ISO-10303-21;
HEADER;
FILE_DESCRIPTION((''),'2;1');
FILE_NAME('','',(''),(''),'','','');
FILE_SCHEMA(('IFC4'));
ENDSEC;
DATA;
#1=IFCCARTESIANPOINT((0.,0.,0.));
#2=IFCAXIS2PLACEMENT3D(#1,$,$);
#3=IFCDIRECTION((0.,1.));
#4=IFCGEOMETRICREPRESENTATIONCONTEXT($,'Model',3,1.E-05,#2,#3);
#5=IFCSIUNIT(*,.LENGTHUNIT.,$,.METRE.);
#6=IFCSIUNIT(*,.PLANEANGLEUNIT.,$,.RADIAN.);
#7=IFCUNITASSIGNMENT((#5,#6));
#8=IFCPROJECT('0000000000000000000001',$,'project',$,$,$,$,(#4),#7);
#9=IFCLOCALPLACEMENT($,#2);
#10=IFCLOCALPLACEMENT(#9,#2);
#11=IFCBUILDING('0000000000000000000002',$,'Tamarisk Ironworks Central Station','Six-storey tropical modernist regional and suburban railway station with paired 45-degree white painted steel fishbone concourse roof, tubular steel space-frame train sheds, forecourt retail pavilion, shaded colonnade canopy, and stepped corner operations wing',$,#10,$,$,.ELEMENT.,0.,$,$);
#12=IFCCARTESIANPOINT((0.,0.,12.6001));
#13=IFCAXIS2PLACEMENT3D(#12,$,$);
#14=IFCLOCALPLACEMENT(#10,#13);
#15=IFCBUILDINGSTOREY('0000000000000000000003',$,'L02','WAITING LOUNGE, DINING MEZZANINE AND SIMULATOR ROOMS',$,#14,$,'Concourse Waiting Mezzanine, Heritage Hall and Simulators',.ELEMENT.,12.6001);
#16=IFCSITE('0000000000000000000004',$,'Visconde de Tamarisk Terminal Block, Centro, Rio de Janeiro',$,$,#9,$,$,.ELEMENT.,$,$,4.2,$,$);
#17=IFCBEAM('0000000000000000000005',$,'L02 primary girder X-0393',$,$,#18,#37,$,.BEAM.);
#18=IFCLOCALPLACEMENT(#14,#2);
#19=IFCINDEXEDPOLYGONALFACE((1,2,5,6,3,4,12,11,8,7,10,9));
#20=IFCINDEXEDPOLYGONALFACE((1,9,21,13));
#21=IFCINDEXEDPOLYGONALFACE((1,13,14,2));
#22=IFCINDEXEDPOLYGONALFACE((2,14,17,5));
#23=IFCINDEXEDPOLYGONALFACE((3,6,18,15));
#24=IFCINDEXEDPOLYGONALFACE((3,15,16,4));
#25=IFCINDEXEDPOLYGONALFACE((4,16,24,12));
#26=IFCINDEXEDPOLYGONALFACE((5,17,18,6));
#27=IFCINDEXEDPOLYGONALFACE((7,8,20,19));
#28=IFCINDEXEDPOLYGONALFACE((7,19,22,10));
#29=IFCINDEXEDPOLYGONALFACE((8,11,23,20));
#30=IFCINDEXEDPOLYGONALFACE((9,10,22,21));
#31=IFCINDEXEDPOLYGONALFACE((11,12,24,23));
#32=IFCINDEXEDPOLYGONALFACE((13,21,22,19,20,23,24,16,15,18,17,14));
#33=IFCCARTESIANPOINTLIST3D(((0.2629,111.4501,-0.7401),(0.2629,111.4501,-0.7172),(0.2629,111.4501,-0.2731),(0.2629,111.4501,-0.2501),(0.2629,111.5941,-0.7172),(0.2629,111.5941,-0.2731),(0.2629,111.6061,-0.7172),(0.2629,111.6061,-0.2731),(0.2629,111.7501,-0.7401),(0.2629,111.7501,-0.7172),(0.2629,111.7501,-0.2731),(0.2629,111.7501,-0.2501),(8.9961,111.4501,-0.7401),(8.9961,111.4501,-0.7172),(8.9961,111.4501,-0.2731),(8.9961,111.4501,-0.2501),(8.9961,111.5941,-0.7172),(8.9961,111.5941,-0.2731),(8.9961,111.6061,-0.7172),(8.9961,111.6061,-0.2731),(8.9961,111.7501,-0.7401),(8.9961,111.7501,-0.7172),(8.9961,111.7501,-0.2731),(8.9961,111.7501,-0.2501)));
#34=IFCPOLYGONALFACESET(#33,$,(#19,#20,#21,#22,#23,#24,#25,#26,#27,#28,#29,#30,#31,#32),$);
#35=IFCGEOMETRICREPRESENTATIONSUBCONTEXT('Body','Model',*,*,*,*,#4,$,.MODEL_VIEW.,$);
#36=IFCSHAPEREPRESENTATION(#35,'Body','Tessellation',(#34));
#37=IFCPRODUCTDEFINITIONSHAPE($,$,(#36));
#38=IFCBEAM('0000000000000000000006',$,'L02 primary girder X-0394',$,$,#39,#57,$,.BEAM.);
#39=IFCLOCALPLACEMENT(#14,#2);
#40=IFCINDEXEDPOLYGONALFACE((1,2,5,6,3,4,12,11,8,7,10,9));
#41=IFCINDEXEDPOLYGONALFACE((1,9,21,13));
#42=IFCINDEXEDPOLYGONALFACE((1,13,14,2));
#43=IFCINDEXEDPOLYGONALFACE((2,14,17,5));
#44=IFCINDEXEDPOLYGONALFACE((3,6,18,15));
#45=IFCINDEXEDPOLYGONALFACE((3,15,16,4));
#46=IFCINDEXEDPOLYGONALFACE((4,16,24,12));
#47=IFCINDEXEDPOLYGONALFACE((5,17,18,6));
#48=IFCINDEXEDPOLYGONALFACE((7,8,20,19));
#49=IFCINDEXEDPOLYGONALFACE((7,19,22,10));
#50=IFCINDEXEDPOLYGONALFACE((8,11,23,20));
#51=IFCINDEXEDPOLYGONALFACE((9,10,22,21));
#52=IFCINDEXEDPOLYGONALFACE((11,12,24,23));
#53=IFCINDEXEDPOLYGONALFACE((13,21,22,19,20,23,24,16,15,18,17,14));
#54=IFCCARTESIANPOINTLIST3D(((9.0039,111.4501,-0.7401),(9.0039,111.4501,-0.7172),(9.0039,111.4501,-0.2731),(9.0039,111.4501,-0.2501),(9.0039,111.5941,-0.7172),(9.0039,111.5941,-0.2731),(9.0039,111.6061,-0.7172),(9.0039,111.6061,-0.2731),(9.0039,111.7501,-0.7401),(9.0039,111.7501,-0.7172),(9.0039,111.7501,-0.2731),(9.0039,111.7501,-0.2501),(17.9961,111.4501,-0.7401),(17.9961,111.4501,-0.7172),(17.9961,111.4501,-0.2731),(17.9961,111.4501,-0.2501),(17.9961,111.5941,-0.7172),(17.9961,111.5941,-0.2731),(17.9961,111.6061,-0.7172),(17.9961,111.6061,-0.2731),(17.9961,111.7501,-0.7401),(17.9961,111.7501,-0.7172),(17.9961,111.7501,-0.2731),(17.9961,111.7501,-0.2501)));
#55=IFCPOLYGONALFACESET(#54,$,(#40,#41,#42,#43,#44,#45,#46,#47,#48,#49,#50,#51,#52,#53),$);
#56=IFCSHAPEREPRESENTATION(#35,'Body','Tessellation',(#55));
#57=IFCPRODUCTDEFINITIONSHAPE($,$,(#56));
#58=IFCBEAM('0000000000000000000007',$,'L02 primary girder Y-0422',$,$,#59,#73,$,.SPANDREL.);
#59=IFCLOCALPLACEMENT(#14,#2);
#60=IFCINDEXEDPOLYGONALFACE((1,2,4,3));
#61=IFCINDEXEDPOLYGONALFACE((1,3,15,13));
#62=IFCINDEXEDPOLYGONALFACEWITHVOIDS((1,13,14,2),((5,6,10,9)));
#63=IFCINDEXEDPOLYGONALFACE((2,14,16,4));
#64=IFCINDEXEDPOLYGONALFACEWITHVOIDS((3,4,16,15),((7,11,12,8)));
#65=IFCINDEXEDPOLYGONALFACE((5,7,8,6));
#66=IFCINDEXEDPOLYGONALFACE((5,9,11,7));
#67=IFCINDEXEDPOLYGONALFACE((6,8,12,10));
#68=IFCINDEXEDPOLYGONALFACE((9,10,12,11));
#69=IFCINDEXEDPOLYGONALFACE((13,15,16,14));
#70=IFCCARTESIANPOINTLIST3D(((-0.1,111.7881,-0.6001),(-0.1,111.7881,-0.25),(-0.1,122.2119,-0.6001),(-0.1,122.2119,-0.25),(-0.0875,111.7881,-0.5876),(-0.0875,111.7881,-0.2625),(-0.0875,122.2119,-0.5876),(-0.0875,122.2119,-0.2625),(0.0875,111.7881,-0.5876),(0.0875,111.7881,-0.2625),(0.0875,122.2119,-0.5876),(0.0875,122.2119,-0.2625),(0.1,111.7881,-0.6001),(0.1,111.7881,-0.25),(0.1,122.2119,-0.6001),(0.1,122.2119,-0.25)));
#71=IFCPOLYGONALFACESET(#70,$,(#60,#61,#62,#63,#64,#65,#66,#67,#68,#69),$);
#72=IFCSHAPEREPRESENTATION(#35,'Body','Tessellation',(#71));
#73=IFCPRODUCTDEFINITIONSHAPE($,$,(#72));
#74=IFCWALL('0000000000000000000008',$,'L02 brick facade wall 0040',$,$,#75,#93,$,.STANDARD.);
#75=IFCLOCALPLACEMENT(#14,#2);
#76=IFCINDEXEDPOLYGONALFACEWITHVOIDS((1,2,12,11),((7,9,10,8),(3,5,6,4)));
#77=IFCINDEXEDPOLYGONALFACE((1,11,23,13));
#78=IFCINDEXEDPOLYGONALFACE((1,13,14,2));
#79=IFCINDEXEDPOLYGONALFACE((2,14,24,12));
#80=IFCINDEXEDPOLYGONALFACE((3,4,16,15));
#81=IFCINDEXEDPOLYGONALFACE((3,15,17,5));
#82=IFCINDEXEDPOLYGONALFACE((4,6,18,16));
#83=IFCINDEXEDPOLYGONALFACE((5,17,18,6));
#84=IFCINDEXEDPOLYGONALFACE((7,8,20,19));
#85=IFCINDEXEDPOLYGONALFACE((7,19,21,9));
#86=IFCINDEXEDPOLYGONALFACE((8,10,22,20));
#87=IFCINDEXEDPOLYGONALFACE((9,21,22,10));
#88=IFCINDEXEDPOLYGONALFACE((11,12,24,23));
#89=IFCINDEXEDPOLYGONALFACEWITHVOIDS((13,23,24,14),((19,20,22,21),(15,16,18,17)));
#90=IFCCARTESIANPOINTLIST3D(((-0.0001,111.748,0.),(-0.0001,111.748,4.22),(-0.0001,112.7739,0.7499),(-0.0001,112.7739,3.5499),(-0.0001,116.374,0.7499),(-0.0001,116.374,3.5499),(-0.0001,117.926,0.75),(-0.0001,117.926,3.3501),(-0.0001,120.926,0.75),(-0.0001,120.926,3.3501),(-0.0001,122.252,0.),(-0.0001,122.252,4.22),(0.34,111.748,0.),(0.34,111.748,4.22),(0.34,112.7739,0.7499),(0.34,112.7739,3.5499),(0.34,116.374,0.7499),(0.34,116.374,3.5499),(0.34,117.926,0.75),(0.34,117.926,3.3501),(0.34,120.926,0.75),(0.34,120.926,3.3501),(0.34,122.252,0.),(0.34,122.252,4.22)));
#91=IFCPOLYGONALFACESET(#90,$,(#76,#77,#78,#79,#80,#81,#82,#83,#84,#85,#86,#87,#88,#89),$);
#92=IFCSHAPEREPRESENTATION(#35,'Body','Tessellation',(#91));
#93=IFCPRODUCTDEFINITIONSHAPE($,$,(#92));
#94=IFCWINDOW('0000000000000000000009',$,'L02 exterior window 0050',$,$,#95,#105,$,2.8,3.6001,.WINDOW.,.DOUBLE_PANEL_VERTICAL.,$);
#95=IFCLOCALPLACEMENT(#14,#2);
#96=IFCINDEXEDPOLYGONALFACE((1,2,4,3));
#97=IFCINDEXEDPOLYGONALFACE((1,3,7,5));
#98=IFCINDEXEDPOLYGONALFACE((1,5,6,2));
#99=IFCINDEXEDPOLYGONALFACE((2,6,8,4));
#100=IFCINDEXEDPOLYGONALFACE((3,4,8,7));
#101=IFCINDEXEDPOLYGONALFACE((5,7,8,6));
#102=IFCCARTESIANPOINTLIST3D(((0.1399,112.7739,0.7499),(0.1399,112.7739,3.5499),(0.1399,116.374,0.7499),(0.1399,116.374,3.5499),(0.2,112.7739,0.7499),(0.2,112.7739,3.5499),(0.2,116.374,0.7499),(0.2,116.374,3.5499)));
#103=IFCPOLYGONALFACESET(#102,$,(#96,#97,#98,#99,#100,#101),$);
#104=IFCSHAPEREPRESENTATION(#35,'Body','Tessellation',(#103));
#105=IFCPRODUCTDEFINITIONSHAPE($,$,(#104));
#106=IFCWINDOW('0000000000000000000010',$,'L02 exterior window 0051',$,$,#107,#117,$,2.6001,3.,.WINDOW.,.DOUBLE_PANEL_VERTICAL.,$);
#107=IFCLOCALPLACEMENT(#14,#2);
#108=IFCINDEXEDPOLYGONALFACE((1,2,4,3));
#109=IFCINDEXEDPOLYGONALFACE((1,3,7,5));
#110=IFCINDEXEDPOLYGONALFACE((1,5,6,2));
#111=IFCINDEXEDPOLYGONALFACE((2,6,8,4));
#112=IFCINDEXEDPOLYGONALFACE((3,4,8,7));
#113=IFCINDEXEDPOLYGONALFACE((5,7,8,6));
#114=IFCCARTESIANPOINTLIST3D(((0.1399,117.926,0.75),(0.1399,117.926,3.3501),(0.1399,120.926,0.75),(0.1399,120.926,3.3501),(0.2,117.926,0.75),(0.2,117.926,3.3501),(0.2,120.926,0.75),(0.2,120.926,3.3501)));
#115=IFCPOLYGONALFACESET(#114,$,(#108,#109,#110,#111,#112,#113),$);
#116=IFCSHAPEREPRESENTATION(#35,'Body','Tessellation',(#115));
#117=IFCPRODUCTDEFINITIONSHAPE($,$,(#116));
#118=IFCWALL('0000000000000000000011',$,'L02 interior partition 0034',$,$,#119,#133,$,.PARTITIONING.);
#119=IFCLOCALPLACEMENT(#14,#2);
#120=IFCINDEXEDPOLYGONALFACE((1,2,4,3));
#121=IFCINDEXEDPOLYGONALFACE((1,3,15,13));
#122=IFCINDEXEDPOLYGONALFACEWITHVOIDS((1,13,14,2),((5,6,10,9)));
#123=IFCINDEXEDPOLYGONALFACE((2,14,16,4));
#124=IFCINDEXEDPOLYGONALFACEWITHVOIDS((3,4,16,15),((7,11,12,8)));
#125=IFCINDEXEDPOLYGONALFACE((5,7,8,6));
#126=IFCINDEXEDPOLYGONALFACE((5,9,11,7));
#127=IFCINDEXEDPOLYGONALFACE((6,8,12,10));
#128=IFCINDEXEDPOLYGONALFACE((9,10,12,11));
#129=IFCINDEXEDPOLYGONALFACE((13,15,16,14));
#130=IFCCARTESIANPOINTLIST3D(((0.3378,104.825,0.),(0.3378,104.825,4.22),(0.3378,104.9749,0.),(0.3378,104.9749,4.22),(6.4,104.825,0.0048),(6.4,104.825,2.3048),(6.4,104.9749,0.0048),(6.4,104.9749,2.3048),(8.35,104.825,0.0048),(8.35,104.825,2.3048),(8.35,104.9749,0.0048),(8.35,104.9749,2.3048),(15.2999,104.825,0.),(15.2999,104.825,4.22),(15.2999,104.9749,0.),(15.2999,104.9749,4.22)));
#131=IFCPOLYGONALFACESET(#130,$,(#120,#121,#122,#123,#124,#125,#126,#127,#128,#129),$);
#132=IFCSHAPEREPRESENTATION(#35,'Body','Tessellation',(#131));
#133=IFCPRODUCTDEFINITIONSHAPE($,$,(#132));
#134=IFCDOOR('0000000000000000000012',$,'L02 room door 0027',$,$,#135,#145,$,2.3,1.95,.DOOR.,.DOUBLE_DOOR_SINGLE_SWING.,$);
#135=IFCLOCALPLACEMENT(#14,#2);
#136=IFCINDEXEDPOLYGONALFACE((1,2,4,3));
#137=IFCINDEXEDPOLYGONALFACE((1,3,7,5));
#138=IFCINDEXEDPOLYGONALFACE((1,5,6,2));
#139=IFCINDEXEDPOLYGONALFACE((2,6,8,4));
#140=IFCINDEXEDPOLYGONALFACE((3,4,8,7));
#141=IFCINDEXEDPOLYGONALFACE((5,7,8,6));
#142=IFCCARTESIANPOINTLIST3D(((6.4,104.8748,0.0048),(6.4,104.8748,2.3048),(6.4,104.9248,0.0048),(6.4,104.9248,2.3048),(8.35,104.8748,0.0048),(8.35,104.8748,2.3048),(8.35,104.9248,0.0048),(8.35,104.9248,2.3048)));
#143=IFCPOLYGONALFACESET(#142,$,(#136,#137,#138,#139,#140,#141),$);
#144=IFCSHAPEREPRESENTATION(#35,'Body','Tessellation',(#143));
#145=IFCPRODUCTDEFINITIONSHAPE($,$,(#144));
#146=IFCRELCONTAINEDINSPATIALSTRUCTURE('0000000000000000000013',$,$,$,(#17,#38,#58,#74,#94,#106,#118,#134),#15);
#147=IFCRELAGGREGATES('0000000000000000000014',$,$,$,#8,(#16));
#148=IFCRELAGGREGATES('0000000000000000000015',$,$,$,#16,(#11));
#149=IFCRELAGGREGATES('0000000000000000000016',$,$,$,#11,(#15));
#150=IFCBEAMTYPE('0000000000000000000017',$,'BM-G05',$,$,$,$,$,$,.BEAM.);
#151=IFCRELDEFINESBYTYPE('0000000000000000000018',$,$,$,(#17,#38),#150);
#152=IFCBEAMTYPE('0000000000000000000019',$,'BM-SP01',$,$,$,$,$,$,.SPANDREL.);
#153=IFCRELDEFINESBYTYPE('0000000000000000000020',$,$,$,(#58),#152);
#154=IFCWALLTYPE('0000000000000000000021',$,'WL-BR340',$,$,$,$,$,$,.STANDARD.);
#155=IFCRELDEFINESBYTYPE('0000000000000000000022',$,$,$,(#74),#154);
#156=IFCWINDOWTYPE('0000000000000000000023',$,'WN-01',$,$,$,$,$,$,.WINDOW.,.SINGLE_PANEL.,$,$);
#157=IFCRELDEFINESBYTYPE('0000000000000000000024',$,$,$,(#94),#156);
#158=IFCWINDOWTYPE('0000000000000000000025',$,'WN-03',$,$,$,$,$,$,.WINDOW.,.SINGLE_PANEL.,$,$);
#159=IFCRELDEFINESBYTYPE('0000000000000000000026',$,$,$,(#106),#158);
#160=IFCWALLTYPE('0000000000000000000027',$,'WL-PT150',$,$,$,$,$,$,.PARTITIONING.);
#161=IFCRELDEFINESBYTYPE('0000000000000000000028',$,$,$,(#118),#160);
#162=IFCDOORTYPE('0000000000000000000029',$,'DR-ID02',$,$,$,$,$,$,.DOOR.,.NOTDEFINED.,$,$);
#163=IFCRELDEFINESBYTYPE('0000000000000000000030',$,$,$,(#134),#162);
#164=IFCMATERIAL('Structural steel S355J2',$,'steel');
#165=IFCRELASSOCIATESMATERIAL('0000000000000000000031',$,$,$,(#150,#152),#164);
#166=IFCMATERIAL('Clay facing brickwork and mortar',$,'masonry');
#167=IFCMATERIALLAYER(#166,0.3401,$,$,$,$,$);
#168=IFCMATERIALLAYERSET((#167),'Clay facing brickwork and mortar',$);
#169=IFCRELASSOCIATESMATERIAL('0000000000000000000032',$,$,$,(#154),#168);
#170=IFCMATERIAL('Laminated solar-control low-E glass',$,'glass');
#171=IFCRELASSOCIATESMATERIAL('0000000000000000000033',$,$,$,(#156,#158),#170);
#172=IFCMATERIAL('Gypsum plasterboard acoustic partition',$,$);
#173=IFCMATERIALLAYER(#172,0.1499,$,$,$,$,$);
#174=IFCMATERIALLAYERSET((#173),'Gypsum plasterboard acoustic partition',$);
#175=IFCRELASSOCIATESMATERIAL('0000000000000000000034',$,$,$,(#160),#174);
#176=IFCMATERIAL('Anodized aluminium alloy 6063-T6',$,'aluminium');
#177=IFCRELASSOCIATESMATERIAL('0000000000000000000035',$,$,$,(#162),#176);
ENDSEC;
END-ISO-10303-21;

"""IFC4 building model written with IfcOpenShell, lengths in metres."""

from ifc_helpers import new_model, si_unit, direction, frame, frame_2d, origin, origin_2d, place, context, subcontext, project, spatial, rectangle, hollow_rectangle, i_section, extrude, material, layer, layer_set, material_profile, profile_set, type_object, element, fill, save


model = new_model("IFC4")

# Units and contexts
model_context = context("Model", 3, precision=1e-05, world=origin(), true_north=direction((0.0, 1.0)))
body_context = subcontext(model_context, "Body", "Model", "MODEL_VIEW")
ifc_project = project(units=[si_unit("LENGTHUNIT", "METRE"), si_unit("PLANEANGLEUNIT", "RADIAN")], contexts=[model_context])

# Site, building, storey
site_placement = place(None, origin())
site = spatial("IfcSite", under=ifc_project, at=site_placement, Name="Visconde de Tamarisk Terminal Block, Centro, Rio de Janeiro", CompositionType="ELEMENT", RefElevation=4.2)
building_placement = place(site_placement, origin())
building = spatial("IfcBuilding", under=site, at=building_placement, Name="Tamarisk Ironworks Central Station", Description="Six-storey tropical modernist regional and suburban railway station with paired 45-degree white painted steel fishbone concourse roof, tubular steel space-frame train sheds, forecourt retail pavilion, shaded colonnade canopy, and stepped corner operations wing", CompositionType="ELEMENT", ElevationOfRefHeight=0.0)
storey_placement = place(building_placement, frame((0.0, 0.0, 12.6001)))
storey = spatial("IfcBuildingStorey", under=building, at=storey_placement, Name="L02", Description="WAITING LOUNGE, DINING MEZZANINE AND SIMULATOR ROOMS", LongName="Concourse Waiting Mezzanine, Heritage Hall and Simulators", CompositionType="ELEMENT", Elevation=12.6001)

# Shared definitions
ifc_material_1 = material(Name="Structural steel S355J2", Category="steel")

# Beams
ifc_material_profile_1 = material_profile(ifc_material_1, i_section(OverallWidth=0.3, OverallDepth=0.49, WebThickness=0.012, FlangeThickness=0.0229, at=origin_2d()), Name="HEA 500")
ifc_profile_set_1 = profile_set([ifc_material_profile_1], Name="Structural steel S355J2")
beam_type_1 = type_object("IfcBeamType", Name="BM-G05", PredefinedType="BEAM", material=ifc_profile_set_1)
beam_1_placement = place(storey_placement, frame((0.2629, 111.6001, -0.4951), z_axis=(1.0, 0.0, 0.0), x_axis=(0.0, 1.0, 0.0)))
element("IfcBeam", 1, at=beam_1_placement, inside=storey, type_object=beam_type_1, Name="L02 primary girder X-0393", PredefinedType="BEAM", context=body_context, shape_type="SweptSolid", body=[
    extrude(i_section(OverallWidth=0.3, OverallDepth=0.49, WebThickness=0.012, FlangeThickness=0.0229, at=origin_2d()), origin(), (0.0, 0.0, 1.0), 8.7332),
])
beam_2_placement = place(storey_placement, frame((9.0039, 111.6001, -0.4951), z_axis=(1.0, 0.0, 0.0), x_axis=(0.0, 1.0, 0.0)))
element("IfcBeam", 2, at=beam_2_placement, inside=storey, type_object=beam_type_1, Name="L02 primary girder X-0394", PredefinedType="BEAM", context=body_context, shape_type="SweptSolid", body=[
    extrude(i_section(OverallWidth=0.3, OverallDepth=0.49, WebThickness=0.012, FlangeThickness=0.0229, at=origin_2d()), origin(), (0.0, 0.0, 1.0), 8.9922),
])
ifc_material_profile_2 = material_profile(ifc_material_1, hollow_rectangle(XDim=0.2, YDim=0.3501, WallThickness=0.0125, at=origin_2d()), Name="RHS 350x200x12.5")
ifc_profile_set_2 = profile_set([ifc_material_profile_2], Name="Structural steel S355J2")
beam_type_2 = type_object("IfcBeamType", Name="BM-SP01", PredefinedType="SPANDREL", material=ifc_profile_set_2)
beam_3_placement = place(storey_placement, frame((0.0, 111.7881, -0.425), z_axis=(0.0, 1.0, 0.0), x_axis=(-1.0, 0.0, 0.0)))
element("IfcBeam", 3, at=beam_3_placement, inside=storey, type_object=beam_type_2, Name="L02 primary girder Y-0422", PredefinedType="SPANDREL", context=body_context, shape_type="SweptSolid", body=[
    extrude(hollow_rectangle(XDim=0.2, YDim=0.3501, WallThickness=0.0125, at=origin_2d()), origin(), (0.0, 0.0, 1.0), 10.4238),
])

# Wall, openings, windows
ifc_material_2 = material(Name="Clay facing brickwork and mortar", Category="masonry")
ifc_layer_1 = layer(ifc_material_2, 0.3401)
ifc_layer_set_1 = layer_set([ifc_layer_1], Name="Clay facing brickwork and mortar")
wall_type_1 = type_object("IfcWallType", Name="WL-BR340", PredefinedType="STANDARD", material=ifc_layer_set_1)
wall_1_placement = place(storey_placement, frame((0.1699, 111.748, 0.0), z_axis=(0.0, 0.0, 1.0), x_axis=(0.0, 1.0, 0.0)))
wall_1 = element("IfcWall", 4, at=wall_1_placement, inside=storey, type_object=wall_type_1, Name="L02 brick facade wall 0040", PredefinedType="STANDARD", context=body_context, shape_type="SweptSolid", body=[
    extrude(rectangle(XDim=10.5039, YDim=0.3401, at=frame_2d((5.252, 0.0))), origin(), (0.0, 0.0, 1.0), 4.22),
])
opening_1_placement = place(wall_1_placement, frame((1.0259, 0.0, 0.75)))
opening_1 = element("IfcOpeningElement", 5, at=opening_1_placement, cuts=wall_1, PredefinedType="OPENING", context=body_context, shape_type="SweptSolid", body=[
    extrude(rectangle(XDim=3.6001, YDim=2.8, at=frame_2d((1.8, 1.3999))), frame((0.0, 0.1821, 0.0), z_axis=(0.0, -1.0, 0.0), x_axis=(1.0, 0.0, 0.0)), (0.0, 0.0, 1.0), 0.364),
])
opening_2_placement = place(wall_1_placement, frame((6.178, 0.0, 0.75)))
opening_2 = element("IfcOpeningElement", 6, at=opening_2_placement, cuts=wall_1, PredefinedType="OPENING", context=body_context, shape_type="SweptSolid", body=[
    extrude(rectangle(XDim=3.0, YDim=2.6001, at=frame_2d((1.5, 1.3))), frame((0.0, 0.1821, 0.0), z_axis=(0.0, -1.0, 0.0), x_axis=(1.0, 0.0, 0.0)), (0.0, 0.0, 1.0), 0.364),
])
ifc_material_3 = material(Name="Laminated solar-control low-E glass", Category="glass")
window_type_1 = type_object("IfcWindowType", Name="WN-01", PartitioningType="SINGLE_PANEL", PredefinedType="WINDOW", material=ifc_material_3)
window_1_placement = place(opening_1_placement, origin())
window_1 = element("IfcWindow", 7, at=window_1_placement, inside=storey, type_object=window_type_1, Name="L02 exterior window 0050", OverallHeight=2.8, OverallWidth=3.6001, PartitioningType="DOUBLE_PANEL_VERTICAL", PredefinedType="WINDOW", context=body_context, shape_type="SweptSolid", body=[
    extrude(rectangle(XDim=3.6001, YDim=2.8, at=frame_2d((1.8, 1.3999))), frame((0.0, 0.03, 0.0), z_axis=(0.0, -1.0, 0.0), x_axis=(1.0, 0.0, 0.0)), (0.0, 0.0, 1.0), 0.0601),
])
fill(opening_1, window_1)
window_type_2 = type_object("IfcWindowType", Name="WN-03", PartitioningType="SINGLE_PANEL", PredefinedType="WINDOW", material=ifc_material_3)
window_2_placement = place(opening_2_placement, origin())
window_2 = element("IfcWindow", 8, at=window_2_placement, inside=storey, type_object=window_type_2, Name="L02 exterior window 0051", OverallHeight=2.6001, OverallWidth=3.0, PartitioningType="DOUBLE_PANEL_VERTICAL", PredefinedType="WINDOW", context=body_context, shape_type="SweptSolid", body=[
    extrude(rectangle(XDim=3.0, YDim=2.6001, at=frame_2d((1.5, 1.3))), frame((0.0, 0.03, 0.0), z_axis=(0.0, -1.0, 0.0), x_axis=(1.0, 0.0, 0.0)), (0.0, 0.0, 1.0), 0.0601),
])
fill(opening_2, window_2)

# Wall, opening, door
ifc_material_4 = material(Name="Gypsum plasterboard acoustic partition")
ifc_layer_2 = layer(ifc_material_4, 0.1499)
ifc_layer_set_2 = layer_set([ifc_layer_2], Name="Gypsum plasterboard acoustic partition")
wall_type_2 = type_object("IfcWallType", Name="WL-PT150", PredefinedType="PARTITIONING", material=ifc_layer_set_2)
wall_2_placement = place(storey_placement, frame((0.3379, 104.8999, 0.0), z_axis=(0.0, 0.0, 1.0), x_axis=(1.0, 0.0, 0.0)))
wall_2 = element("IfcWall", 9, at=wall_2_placement, inside=storey, type_object=wall_type_2, Name="L02 interior partition 0034", PredefinedType="PARTITIONING", context=body_context, shape_type="SweptSolid", body=[
    extrude(rectangle(XDim=14.9622, YDim=0.1499, at=frame_2d((7.481, 0.0))), origin(), (0.0, 0.0, 1.0), 4.22),
])
opening_3_placement = place(wall_2_placement, frame((6.062, 0.0, 0.0049)))
opening_3 = element("IfcOpeningElement", 10, at=opening_3_placement, cuts=wall_2, PredefinedType="OPENING", context=body_context, shape_type="SweptSolid", body=[
    extrude(rectangle(XDim=1.95, YDim=2.3, at=frame_2d((0.9751, 1.1499))), frame((0.0, 0.0869, 0.0), z_axis=(0.0, -1.0, 0.0), x_axis=(1.0, 0.0, 0.0)), (0.0, 0.0, 1.0), 0.1738),
])
ifc_material_5 = material(Name="Anodized aluminium alloy 6063-T6", Category="aluminium")
door_type_1 = type_object("IfcDoorType", Name="DR-ID02", OperationType="NOTDEFINED", PredefinedType="DOOR", material=ifc_material_5)
door_1_placement = place(opening_3_placement, origin())
door_1 = element("IfcDoor", 11, at=door_1_placement, inside=storey, type_object=door_type_1, Name="L02 room door 0027", OperationType="DOUBLE_DOOR_SINGLE_SWING", OverallHeight=2.3, OverallWidth=1.95, PredefinedType="DOOR", context=body_context, shape_type="SweptSolid", body=[
    extrude(rectangle(XDim=1.95, YDim=2.3, at=frame_2d((0.9751, 1.1499))), frame((0.0, 0.0249, 0.0), z_axis=(0.0, -1.0, 0.0), x_axis=(1.0, 0.0, 0.0)), (0.0, 0.0, 1.0), 0.05),
])
fill(opening_3, door_1)

save(model, "model.ifc")
